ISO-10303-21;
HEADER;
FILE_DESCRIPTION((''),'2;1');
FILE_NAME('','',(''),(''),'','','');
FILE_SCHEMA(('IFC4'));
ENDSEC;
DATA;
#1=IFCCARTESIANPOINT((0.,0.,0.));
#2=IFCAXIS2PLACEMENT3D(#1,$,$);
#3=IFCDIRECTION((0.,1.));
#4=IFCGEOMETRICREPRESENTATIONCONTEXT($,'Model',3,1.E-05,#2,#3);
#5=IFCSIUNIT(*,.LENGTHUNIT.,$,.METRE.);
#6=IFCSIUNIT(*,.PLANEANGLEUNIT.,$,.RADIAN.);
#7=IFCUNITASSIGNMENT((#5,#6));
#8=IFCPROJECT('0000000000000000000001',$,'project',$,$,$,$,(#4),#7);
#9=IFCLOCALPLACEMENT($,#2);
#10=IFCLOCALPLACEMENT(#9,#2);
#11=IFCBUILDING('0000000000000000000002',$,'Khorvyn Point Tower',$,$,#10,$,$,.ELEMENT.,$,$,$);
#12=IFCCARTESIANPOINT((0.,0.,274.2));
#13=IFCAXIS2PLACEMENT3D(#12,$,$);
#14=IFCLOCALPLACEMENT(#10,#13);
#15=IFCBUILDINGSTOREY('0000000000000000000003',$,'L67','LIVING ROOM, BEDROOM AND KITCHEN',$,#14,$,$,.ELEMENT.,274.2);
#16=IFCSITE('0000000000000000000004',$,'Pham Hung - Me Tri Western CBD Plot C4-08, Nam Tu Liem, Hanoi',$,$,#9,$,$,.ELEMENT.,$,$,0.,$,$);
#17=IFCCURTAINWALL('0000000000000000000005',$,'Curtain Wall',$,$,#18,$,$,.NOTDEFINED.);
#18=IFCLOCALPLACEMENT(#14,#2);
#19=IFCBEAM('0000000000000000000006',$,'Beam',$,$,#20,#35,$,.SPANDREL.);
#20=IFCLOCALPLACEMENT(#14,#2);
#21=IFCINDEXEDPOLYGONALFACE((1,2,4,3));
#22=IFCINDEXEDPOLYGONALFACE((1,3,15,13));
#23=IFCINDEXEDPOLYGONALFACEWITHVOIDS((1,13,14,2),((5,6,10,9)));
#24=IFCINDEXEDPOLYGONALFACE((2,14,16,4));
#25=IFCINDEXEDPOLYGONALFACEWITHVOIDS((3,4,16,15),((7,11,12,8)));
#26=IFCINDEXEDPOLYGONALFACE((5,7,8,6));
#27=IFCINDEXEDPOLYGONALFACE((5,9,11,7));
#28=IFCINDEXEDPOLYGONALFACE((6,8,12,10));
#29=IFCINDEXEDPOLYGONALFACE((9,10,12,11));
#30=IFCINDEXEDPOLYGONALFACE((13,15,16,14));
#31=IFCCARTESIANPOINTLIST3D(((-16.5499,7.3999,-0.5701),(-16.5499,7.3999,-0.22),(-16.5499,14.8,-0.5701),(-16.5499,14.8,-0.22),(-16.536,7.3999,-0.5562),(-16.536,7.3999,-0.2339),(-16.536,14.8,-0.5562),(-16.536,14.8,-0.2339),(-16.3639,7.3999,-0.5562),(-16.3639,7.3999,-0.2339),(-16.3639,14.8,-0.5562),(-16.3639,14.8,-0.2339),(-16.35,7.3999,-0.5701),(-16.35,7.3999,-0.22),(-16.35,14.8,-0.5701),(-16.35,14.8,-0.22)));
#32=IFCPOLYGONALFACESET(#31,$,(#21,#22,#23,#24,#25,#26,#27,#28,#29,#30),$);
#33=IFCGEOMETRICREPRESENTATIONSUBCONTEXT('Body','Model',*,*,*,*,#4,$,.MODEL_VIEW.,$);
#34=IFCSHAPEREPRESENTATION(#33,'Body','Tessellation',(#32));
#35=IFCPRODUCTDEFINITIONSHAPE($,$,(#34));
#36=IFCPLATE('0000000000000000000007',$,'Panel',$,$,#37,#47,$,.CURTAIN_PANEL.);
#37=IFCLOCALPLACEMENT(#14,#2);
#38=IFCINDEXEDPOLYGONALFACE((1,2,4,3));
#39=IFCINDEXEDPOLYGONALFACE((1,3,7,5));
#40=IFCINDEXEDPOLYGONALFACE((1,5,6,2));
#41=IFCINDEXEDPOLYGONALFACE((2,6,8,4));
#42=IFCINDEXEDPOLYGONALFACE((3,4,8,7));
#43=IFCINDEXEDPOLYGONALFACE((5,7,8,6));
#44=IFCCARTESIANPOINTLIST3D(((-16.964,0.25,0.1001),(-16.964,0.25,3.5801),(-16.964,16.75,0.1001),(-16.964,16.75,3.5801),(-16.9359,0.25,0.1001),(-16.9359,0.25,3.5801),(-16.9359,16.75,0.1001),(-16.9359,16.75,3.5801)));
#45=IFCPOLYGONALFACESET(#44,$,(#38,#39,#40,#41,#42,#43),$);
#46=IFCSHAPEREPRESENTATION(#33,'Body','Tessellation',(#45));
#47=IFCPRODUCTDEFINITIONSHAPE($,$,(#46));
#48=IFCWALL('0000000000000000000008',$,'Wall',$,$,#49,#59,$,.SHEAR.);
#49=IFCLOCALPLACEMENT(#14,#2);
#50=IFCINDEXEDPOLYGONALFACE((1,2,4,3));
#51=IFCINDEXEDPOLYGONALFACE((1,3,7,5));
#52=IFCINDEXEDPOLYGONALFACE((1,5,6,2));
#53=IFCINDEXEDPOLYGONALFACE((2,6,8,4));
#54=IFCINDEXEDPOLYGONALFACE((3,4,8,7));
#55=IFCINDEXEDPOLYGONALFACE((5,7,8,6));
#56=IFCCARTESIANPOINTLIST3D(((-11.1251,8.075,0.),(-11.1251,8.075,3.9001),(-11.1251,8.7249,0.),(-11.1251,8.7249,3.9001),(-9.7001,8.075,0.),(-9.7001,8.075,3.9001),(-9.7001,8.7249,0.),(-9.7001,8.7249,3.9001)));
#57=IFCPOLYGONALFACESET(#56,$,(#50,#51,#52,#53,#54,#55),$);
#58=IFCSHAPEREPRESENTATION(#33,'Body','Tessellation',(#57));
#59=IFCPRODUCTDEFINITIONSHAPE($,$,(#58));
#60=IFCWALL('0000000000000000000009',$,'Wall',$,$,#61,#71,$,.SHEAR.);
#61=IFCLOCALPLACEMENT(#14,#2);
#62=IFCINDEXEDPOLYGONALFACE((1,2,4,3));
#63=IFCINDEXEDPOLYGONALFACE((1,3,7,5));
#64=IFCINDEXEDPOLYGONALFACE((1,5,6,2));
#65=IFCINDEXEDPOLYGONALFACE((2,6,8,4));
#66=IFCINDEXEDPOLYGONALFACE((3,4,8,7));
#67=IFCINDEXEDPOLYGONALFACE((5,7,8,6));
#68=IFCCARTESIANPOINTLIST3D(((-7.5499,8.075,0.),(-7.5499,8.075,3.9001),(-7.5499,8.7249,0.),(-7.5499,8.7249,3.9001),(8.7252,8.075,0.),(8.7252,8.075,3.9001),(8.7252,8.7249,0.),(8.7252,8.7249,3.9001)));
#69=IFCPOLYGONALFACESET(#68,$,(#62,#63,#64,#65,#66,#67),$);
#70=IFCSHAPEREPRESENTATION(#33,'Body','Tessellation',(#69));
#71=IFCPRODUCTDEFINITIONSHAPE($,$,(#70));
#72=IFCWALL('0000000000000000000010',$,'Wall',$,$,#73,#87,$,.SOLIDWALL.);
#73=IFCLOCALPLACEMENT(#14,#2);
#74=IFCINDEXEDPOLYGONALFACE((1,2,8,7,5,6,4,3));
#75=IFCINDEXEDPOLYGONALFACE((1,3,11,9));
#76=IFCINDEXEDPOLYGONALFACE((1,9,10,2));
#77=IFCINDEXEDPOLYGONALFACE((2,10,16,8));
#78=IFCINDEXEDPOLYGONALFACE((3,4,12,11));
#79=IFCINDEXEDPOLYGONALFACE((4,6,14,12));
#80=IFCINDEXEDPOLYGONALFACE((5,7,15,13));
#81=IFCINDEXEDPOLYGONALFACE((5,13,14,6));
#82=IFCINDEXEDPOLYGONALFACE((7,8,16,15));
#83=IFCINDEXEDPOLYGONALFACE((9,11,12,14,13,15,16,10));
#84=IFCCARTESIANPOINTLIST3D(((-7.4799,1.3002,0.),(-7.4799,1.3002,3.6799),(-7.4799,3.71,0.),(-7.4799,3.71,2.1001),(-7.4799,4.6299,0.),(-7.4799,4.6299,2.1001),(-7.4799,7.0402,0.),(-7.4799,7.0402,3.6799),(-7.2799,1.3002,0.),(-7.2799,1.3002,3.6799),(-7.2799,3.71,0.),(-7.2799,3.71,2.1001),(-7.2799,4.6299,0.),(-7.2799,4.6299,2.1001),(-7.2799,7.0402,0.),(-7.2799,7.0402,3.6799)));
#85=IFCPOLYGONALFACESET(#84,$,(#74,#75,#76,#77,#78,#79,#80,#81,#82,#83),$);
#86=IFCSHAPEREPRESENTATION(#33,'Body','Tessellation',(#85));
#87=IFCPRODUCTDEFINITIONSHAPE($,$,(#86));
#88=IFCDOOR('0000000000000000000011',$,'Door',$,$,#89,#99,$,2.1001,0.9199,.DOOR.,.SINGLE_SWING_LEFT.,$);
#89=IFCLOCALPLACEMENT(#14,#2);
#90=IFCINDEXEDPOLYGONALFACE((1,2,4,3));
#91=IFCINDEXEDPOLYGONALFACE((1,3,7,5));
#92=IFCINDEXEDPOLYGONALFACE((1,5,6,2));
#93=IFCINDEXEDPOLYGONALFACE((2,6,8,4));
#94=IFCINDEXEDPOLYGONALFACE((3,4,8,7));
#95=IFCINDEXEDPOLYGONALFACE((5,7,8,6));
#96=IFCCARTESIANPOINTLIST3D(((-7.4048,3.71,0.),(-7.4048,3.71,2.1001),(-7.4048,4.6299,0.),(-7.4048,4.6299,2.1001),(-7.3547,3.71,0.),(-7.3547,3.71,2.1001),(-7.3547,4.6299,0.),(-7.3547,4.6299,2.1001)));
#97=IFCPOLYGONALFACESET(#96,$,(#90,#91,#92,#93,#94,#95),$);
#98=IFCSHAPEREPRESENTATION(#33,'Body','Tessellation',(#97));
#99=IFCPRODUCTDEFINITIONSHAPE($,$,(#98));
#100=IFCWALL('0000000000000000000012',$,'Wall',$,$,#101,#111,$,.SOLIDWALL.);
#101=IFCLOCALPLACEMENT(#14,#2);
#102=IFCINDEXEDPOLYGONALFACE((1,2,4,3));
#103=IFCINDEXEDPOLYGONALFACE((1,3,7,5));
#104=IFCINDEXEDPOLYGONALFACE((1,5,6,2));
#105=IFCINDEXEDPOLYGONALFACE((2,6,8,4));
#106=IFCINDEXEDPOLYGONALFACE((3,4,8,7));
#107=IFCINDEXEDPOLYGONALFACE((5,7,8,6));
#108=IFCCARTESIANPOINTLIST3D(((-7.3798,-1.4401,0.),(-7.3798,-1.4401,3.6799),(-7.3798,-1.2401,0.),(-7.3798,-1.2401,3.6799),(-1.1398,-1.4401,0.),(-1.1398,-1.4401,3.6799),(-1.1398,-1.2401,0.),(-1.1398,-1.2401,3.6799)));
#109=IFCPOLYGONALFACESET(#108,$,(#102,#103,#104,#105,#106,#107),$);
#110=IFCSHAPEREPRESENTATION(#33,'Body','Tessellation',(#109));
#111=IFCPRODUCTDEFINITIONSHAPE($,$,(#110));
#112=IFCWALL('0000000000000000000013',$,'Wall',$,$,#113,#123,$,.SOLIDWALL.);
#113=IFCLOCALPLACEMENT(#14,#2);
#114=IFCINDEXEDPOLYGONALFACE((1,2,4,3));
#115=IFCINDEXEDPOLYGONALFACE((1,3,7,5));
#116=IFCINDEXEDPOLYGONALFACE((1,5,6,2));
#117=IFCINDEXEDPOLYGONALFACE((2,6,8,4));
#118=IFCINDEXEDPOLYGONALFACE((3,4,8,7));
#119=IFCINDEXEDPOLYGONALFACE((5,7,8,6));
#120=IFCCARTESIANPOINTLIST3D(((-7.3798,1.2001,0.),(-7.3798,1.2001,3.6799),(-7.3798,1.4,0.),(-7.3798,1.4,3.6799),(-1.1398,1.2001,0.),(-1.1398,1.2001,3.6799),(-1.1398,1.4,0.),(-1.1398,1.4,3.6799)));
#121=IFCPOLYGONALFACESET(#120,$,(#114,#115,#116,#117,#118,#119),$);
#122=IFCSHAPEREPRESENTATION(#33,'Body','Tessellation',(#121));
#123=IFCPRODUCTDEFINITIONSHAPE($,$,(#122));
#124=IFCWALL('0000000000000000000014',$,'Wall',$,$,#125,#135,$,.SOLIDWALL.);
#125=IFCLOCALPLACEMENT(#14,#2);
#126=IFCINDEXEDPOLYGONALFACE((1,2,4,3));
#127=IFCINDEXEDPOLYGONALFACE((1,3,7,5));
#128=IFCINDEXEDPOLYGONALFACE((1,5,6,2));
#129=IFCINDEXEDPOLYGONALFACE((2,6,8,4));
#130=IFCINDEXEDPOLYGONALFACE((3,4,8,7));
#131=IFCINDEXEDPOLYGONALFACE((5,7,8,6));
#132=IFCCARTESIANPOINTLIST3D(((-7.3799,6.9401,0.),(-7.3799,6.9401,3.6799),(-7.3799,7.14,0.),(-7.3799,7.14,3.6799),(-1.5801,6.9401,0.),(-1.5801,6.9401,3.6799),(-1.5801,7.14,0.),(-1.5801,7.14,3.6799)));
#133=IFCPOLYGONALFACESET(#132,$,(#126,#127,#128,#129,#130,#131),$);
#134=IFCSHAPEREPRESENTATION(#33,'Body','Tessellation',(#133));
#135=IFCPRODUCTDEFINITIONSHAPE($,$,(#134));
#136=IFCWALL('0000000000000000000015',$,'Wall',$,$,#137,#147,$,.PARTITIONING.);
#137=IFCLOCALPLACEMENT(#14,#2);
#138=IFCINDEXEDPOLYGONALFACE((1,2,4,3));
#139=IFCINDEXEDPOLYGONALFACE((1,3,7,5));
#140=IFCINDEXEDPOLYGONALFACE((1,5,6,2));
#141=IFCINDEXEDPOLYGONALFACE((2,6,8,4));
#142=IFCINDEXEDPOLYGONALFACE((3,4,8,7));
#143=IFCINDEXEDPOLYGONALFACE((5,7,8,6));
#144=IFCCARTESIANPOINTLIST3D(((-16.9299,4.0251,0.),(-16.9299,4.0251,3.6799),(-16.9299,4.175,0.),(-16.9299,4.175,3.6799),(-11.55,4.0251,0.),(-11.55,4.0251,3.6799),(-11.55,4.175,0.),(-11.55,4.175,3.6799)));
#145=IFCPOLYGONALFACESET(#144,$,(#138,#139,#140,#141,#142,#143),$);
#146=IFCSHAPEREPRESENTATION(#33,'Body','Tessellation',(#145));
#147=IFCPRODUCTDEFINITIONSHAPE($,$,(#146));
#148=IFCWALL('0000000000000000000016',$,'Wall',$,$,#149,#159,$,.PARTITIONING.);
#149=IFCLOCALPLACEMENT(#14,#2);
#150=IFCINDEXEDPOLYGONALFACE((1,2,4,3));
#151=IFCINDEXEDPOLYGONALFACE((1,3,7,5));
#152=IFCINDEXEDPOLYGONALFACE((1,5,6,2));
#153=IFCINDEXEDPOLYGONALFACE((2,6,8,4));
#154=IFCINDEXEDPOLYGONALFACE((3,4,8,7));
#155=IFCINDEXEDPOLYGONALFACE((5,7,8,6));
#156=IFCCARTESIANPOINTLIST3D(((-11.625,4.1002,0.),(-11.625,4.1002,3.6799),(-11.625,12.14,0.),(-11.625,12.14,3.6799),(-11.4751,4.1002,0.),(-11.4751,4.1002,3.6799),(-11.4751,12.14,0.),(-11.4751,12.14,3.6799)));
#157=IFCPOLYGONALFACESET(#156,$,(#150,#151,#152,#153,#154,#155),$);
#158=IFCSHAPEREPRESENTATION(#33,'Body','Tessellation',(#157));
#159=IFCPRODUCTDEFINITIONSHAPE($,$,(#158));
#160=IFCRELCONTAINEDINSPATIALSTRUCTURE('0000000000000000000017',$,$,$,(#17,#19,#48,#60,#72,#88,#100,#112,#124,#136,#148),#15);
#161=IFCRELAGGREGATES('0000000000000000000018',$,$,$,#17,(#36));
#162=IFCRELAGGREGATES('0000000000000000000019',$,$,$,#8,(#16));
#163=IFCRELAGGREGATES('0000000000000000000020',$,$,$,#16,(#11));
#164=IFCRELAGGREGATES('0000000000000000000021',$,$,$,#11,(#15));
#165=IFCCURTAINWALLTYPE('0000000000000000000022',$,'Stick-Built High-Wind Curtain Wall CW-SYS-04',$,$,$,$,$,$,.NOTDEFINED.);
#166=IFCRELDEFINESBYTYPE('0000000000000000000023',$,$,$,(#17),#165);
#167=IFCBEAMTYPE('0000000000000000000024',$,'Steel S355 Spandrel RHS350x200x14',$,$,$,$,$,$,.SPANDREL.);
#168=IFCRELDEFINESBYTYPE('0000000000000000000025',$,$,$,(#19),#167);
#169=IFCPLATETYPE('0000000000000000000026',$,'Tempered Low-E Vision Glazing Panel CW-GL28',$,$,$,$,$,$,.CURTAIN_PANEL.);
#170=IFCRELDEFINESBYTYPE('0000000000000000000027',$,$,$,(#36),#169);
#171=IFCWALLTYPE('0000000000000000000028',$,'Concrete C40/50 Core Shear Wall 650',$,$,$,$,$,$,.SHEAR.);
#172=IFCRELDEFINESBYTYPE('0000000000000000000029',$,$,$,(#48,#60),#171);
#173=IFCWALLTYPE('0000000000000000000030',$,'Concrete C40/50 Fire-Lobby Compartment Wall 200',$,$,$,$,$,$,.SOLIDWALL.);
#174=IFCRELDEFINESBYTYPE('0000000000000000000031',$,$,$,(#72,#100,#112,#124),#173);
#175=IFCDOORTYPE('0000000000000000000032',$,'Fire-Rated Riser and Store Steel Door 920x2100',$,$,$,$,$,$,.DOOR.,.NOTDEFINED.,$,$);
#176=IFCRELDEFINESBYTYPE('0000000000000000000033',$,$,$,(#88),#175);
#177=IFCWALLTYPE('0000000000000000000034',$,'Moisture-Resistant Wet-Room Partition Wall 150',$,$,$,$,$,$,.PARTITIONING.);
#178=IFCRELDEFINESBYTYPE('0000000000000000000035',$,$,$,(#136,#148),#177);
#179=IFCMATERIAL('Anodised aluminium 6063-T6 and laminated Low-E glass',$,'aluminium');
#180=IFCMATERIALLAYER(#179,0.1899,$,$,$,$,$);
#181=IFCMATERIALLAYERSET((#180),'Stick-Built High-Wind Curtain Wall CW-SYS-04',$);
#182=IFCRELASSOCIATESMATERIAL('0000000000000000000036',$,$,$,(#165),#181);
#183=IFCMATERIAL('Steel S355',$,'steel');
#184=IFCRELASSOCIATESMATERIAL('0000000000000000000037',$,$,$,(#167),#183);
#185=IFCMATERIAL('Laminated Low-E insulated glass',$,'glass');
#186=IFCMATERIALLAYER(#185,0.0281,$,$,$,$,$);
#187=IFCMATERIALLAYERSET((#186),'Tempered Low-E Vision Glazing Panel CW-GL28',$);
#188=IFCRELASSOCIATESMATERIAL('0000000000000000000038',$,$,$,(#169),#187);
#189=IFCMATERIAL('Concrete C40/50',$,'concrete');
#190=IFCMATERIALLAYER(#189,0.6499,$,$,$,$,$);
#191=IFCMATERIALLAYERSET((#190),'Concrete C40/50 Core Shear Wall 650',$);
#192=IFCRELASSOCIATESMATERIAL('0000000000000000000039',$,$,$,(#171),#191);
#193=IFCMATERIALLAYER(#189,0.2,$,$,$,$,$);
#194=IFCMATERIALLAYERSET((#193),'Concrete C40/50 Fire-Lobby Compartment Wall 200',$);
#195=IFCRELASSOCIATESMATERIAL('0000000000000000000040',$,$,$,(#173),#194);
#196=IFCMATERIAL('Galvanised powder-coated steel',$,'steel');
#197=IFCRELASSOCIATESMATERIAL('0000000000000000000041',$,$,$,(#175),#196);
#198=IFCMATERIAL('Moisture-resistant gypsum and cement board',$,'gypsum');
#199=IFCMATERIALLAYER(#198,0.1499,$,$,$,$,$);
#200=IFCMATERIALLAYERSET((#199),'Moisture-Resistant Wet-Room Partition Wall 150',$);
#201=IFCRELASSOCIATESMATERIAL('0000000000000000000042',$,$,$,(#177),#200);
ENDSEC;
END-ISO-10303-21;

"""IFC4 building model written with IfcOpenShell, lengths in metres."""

from ifc_helpers import new_model, si_unit, direction, frame, frame_2d, origin, origin_2d, place, context, subcontext, project, spatial, rectangle, hollow_rectangle, extrude, material, layer, layer_set, material_profile, profile_set, type_object, element, fill, aggregate, save


model = new_model("IFC4")

# Units and contexts
model_context = context("Model", 3, precision=1e-05, world=origin(), true_north=direction((0.0, 1.0)))
body_context = subcontext(model_context, "Body", "Model", "MODEL_VIEW")
ifc_project = project(units=[si_unit("LENGTHUNIT", "METRE"), si_unit("PLANEANGLEUNIT", "RADIAN")], contexts=[model_context])

# Site, building, storey
site_placement = place(None, origin())
site = spatial("IfcSite", under=ifc_project, at=site_placement, Name="Pham Hung - Me Tri Western CBD Plot C4-08, Nam Tu Liem, Hanoi", CompositionType="ELEMENT", RefElevation=0.0)
building_placement = place(site_placement, origin())
building = spatial("IfcBuilding", under=site, at=building_placement, Name="Khorvyn Point Tower", CompositionType="ELEMENT")
storey_placement = place(building_placement, frame((0.0, 0.0, 274.2)))
storey = spatial("IfcBuildingStorey", under=building, at=storey_placement, Name="L67", Description="LIVING ROOM, BEDROOM AND KITCHEN", CompositionType="ELEMENT", Elevation=274.2)

# Shared definitions
ifc_material_1 = material(Name="Concrete C40/50", Category="concrete")
ifc_material_2 = material(Name="Steel S355", Category="steel")

# Curtain wall
ifc_material_3 = material(Name="Anodised aluminium 6063-T6 and laminated Low-E glass", Category="aluminium")
ifc_layer_1 = layer(ifc_material_3, 0.1899)
ifc_layer_set_1 = layer_set([ifc_layer_1], Name="Stick-Built High-Wind Curtain Wall CW-SYS-04")
curtain_wall_type = type_object("IfcCurtainWallType", Name="Stick-Built High-Wind Curtain Wall CW-SYS-04", PredefinedType="NOTDEFINED", material=ifc_layer_set_1)
curtain_wall_placement = place(storey_placement, origin())
curtain_wall = element("IfcCurtainWall", 1, at=curtain_wall_placement, inside=storey, type_object=curtain_wall_type, Name="Curtain Wall", PredefinedType="NOTDEFINED")

# Beam
ifc_material_profile_1 = material_profile(ifc_material_2, hollow_rectangle(XDim=0.2, YDim=0.3501, WallThickness=0.0139, at=origin_2d()))
ifc_profile_set_1 = profile_set([ifc_material_profile_1], Name="Steel S355 RHS350x200x14")
beam_type_1 = type_object("IfcBeamType", Name="Steel S355 Spandrel RHS350x200x14", PredefinedType="SPANDREL", material=ifc_profile_set_1)
beam_1_placement = place(storey_placement, frame((-16.45, 7.3999, -0.395), z_axis=(0.0, 1.0, 0.0), x_axis=(-1.0, 0.0, 0.0)))
element("IfcBeam", 2, at=beam_1_placement, inside=storey, type_object=beam_type_1, Name="Beam", PredefinedType="SPANDREL", context=body_context, shape_type="SweptSolid", body=[
    extrude(hollow_rectangle(XDim=0.2, YDim=0.3501, WallThickness=0.0139, at=origin_2d()), origin(), (0.0, 0.0, 1.0), 7.4001),
])

# Plate
ifc_material_4 = material(Name="Laminated Low-E insulated glass", Category="glass")
ifc_layer_2 = layer(ifc_material_4, 0.0281)
ifc_layer_set_2 = layer_set([ifc_layer_2], Name="Tempered Low-E Vision Glazing Panel CW-GL28")
plate_type = type_object("IfcPlateType", Name="Tempered Low-E Vision Glazing Panel CW-GL28", PredefinedType="CURTAIN_PANEL", material=ifc_layer_set_2)
plate_placement = place(storey_placement, frame((-16.95, 8.5, 0.1001), z_axis=(0.0, 0.0, 1.0), x_axis=(0.0, 1.0, 0.0)))
plate = element("IfcPlate", 3, at=plate_placement, type_object=plate_type, Name="Panel", PredefinedType="CURTAIN_PANEL", context=body_context, shape_type="SweptSolid", body=[
    extrude(rectangle(XDim=16.5, YDim=0.0281, at=origin_2d()), origin(), (0.0, 0.0, 1.0), 3.48),
])
aggregate(curtain_wall, [plate])

# Walls
ifc_layer_3 = layer(ifc_material_1, 0.6499)
ifc_layer_set_3 = layer_set([ifc_layer_3], Name="Concrete C40/50 Core Shear Wall 650")
wall_type_1 = type_object("IfcWallType", Name="Concrete C40/50 Core Shear Wall 650", PredefinedType="SHEAR", material=ifc_layer_set_3)
wall_1_placement = place(storey_placement, frame((-11.125, 8.3999, 0.0), z_axis=(0.0, 0.0, 1.0), x_axis=(1.0, 0.0, 0.0)))
element("IfcWall", 4, at=wall_1_placement, inside=storey, type_object=wall_type_1, Name="Wall", PredefinedType="SHEAR", context=body_context, shape_type="SweptSolid", body=[
    extrude(rectangle(XDim=1.425, YDim=0.6499, at=frame_2d((0.7124, 0.0))), origin(), (0.0, 0.0, 1.0), 3.9001),
])
wall_2_placement = place(storey_placement, frame((-7.55, 8.3999, 0.0), z_axis=(0.0, 0.0, 1.0), x_axis=(1.0, 0.0, 0.0)))
element("IfcWall", 5, at=wall_2_placement, inside=storey, type_object=wall_type_1, Name="Wall", PredefinedType="SHEAR", context=body_context, shape_type="SweptSolid", body=[
    extrude(rectangle(XDim=16.2751, YDim=0.6499, at=frame_2d((8.1377, 0.0))), origin(), (0.0, 0.0, 1.0), 3.9001),
])

# Wall, opening, door
ifc_layer_4 = layer(ifc_material_1, 0.2)
ifc_layer_set_4 = layer_set([ifc_layer_4], Name="Concrete C40/50 Fire-Lobby Compartment Wall 200")
wall_type_2 = type_object("IfcWallType", Name="Concrete C40/50 Fire-Lobby Compartment Wall 200", PredefinedType="SOLIDWALL", material=ifc_layer_set_4)
ifc_material_5 = material(Name="Galvanised powder-coated steel", Category="steel")
wall_3_placement = place(storey_placement, frame((-7.3799, 1.3, 0.0), z_axis=(0.0, 0.0, 1.0), x_axis=(0.0, 1.0, 0.0)))
wall_3 = element("IfcWall", 6, at=wall_3_placement, inside=storey, type_object=wall_type_2, Name="Wall", PredefinedType="SOLIDWALL", context=body_context, shape_type="SweptSolid", body=[
    extrude(rectangle(XDim=5.74, YDim=0.2, at=frame_2d((2.8701, 0.0))), origin(), (0.0, 0.0, 1.0), 3.6799),
])
opening_1_placement = place(wall_3_placement, frame((2.4099, 0.0, 0.0)))
opening_1 = element("IfcOpeningElement", 7, at=opening_1_placement, cuts=wall_3, PredefinedType="OPENING", context=body_context, shape_type="SweptSolid", body=[
    extrude(rectangle(XDim=0.9199, YDim=2.1001, at=frame_2d((0.46, 1.05))), frame((0.0, 0.1099, 0.0), z_axis=(0.0, -1.0, 0.0), x_axis=(1.0, 0.0, 0.0)), (0.0, 0.0, 1.0), 0.22),
])
door_type_1 = type_object("IfcDoorType", Name="Fire-Rated Riser and Store Steel Door 920x2100", OperationType="NOTDEFINED", PredefinedType="DOOR", material=ifc_material_5)
door_1_placement = place(opening_1_placement, origin())
door_1 = element("IfcDoor", 8, at=door_1_placement, inside=storey, type_object=door_type_1, Name="Door", OperationType="SINGLE_SWING_LEFT", OverallHeight=2.1001, OverallWidth=0.9199, PredefinedType="DOOR", context=body_context, shape_type="SweptSolid", body=[
    extrude(rectangle(XDim=0.9199, YDim=2.1001, at=frame_2d((0.46, 1.05))), frame((0.0, 0.0249, 0.0), z_axis=(0.0, -1.0, 0.0), x_axis=(1.0, 0.0, 0.0)), (0.0, 0.0, 1.0), 0.05),
])
fill(opening_1, door_1)

# Walls
for number, where, z_axis, x_axis, name in (
    (9, (-7.3799, -1.3401, 0.0), (0.0, 0.0, 1.0), (1.0, 0.0, 0.0), "Wall"),
    (10, (-7.3799, 1.3, 0.0), (0.0, 0.0, 1.0), (1.0, 0.0, 0.0), "Wall"),
):
    element("IfcWall", number, at=place(storey_placement, frame(where, z_axis=z_axis, x_axis=x_axis)), inside=storey, type_object=wall_type_2, Name=name, PredefinedType="SOLIDWALL", context=body_context, shape_type="SweptSolid", body=[
        extrude(rectangle(XDim=6.24, YDim=0.2, at=frame_2d((3.1201, 0.0))), origin(), (0.0, 0.0, 1.0), 3.6799),
    ])
wall_4_placement = place(storey_placement, frame((-7.3799, 7.04, 0.0), z_axis=(0.0, 0.0, 1.0), x_axis=(1.0, 0.0, 0.0)))
element("IfcWall", 11, at=wall_4_placement, inside=storey, type_object=wall_type_2, Name="Wall", PredefinedType="SOLIDWALL", context=body_context, shape_type="SweptSolid", body=[
    extrude(rectangle(XDim=5.7998, YDim=0.2, at=frame_2d((2.8999, 0.0))), origin(), (0.0, 0.0, 1.0), 3.6799),
])
ifc_material_6 = material(Name="Moisture-resistant gypsum and cement board", Category="gypsum")
ifc_layer_5 = layer(ifc_material_6, 0.1499)
ifc_layer_set_5 = layer_set([ifc_layer_5], Name="Moisture-Resistant Wet-Room Partition Wall 150")
wall_type_3 = type_object("IfcWallType", Name="Moisture-Resistant Wet-Room Partition Wall 150", PredefinedType="PARTITIONING", material=ifc_layer_set_5)
wall_5_placement = place(storey_placement, frame((-16.9299, 4.1001, 0.0), z_axis=(0.0, 0.0, 1.0), x_axis=(1.0, 0.0, 0.0)))
element("IfcWall", 12, at=wall_5_placement, inside=storey, type_object=wall_type_3, Name="Wall", PredefinedType="PARTITIONING", context=body_context, shape_type="SweptSolid", body=[
    extrude(rectangle(XDim=5.3799, YDim=0.1499, at=frame_2d((2.6899, 0.0))), origin(), (0.0, 0.0, 1.0), 3.6799),
])
wall_6_placement = place(storey_placement, frame((-11.55, 4.1001, 0.0), z_axis=(0.0, 0.0, 1.0), x_axis=(0.0, 1.0, 0.0)))
element("IfcWall", 13, at=wall_6_placement, inside=storey, type_object=wall_type_3, Name="Wall", PredefinedType="PARTITIONING", context=body_context, shape_type="SweptSolid", body=[
    extrude(rectangle(XDim=8.0398, YDim=0.1499, at=frame_2d((4.02, 0.0))), origin(), (0.0, 0.0, 1.0), 3.6799),
])

save(model, "model.ifc")
